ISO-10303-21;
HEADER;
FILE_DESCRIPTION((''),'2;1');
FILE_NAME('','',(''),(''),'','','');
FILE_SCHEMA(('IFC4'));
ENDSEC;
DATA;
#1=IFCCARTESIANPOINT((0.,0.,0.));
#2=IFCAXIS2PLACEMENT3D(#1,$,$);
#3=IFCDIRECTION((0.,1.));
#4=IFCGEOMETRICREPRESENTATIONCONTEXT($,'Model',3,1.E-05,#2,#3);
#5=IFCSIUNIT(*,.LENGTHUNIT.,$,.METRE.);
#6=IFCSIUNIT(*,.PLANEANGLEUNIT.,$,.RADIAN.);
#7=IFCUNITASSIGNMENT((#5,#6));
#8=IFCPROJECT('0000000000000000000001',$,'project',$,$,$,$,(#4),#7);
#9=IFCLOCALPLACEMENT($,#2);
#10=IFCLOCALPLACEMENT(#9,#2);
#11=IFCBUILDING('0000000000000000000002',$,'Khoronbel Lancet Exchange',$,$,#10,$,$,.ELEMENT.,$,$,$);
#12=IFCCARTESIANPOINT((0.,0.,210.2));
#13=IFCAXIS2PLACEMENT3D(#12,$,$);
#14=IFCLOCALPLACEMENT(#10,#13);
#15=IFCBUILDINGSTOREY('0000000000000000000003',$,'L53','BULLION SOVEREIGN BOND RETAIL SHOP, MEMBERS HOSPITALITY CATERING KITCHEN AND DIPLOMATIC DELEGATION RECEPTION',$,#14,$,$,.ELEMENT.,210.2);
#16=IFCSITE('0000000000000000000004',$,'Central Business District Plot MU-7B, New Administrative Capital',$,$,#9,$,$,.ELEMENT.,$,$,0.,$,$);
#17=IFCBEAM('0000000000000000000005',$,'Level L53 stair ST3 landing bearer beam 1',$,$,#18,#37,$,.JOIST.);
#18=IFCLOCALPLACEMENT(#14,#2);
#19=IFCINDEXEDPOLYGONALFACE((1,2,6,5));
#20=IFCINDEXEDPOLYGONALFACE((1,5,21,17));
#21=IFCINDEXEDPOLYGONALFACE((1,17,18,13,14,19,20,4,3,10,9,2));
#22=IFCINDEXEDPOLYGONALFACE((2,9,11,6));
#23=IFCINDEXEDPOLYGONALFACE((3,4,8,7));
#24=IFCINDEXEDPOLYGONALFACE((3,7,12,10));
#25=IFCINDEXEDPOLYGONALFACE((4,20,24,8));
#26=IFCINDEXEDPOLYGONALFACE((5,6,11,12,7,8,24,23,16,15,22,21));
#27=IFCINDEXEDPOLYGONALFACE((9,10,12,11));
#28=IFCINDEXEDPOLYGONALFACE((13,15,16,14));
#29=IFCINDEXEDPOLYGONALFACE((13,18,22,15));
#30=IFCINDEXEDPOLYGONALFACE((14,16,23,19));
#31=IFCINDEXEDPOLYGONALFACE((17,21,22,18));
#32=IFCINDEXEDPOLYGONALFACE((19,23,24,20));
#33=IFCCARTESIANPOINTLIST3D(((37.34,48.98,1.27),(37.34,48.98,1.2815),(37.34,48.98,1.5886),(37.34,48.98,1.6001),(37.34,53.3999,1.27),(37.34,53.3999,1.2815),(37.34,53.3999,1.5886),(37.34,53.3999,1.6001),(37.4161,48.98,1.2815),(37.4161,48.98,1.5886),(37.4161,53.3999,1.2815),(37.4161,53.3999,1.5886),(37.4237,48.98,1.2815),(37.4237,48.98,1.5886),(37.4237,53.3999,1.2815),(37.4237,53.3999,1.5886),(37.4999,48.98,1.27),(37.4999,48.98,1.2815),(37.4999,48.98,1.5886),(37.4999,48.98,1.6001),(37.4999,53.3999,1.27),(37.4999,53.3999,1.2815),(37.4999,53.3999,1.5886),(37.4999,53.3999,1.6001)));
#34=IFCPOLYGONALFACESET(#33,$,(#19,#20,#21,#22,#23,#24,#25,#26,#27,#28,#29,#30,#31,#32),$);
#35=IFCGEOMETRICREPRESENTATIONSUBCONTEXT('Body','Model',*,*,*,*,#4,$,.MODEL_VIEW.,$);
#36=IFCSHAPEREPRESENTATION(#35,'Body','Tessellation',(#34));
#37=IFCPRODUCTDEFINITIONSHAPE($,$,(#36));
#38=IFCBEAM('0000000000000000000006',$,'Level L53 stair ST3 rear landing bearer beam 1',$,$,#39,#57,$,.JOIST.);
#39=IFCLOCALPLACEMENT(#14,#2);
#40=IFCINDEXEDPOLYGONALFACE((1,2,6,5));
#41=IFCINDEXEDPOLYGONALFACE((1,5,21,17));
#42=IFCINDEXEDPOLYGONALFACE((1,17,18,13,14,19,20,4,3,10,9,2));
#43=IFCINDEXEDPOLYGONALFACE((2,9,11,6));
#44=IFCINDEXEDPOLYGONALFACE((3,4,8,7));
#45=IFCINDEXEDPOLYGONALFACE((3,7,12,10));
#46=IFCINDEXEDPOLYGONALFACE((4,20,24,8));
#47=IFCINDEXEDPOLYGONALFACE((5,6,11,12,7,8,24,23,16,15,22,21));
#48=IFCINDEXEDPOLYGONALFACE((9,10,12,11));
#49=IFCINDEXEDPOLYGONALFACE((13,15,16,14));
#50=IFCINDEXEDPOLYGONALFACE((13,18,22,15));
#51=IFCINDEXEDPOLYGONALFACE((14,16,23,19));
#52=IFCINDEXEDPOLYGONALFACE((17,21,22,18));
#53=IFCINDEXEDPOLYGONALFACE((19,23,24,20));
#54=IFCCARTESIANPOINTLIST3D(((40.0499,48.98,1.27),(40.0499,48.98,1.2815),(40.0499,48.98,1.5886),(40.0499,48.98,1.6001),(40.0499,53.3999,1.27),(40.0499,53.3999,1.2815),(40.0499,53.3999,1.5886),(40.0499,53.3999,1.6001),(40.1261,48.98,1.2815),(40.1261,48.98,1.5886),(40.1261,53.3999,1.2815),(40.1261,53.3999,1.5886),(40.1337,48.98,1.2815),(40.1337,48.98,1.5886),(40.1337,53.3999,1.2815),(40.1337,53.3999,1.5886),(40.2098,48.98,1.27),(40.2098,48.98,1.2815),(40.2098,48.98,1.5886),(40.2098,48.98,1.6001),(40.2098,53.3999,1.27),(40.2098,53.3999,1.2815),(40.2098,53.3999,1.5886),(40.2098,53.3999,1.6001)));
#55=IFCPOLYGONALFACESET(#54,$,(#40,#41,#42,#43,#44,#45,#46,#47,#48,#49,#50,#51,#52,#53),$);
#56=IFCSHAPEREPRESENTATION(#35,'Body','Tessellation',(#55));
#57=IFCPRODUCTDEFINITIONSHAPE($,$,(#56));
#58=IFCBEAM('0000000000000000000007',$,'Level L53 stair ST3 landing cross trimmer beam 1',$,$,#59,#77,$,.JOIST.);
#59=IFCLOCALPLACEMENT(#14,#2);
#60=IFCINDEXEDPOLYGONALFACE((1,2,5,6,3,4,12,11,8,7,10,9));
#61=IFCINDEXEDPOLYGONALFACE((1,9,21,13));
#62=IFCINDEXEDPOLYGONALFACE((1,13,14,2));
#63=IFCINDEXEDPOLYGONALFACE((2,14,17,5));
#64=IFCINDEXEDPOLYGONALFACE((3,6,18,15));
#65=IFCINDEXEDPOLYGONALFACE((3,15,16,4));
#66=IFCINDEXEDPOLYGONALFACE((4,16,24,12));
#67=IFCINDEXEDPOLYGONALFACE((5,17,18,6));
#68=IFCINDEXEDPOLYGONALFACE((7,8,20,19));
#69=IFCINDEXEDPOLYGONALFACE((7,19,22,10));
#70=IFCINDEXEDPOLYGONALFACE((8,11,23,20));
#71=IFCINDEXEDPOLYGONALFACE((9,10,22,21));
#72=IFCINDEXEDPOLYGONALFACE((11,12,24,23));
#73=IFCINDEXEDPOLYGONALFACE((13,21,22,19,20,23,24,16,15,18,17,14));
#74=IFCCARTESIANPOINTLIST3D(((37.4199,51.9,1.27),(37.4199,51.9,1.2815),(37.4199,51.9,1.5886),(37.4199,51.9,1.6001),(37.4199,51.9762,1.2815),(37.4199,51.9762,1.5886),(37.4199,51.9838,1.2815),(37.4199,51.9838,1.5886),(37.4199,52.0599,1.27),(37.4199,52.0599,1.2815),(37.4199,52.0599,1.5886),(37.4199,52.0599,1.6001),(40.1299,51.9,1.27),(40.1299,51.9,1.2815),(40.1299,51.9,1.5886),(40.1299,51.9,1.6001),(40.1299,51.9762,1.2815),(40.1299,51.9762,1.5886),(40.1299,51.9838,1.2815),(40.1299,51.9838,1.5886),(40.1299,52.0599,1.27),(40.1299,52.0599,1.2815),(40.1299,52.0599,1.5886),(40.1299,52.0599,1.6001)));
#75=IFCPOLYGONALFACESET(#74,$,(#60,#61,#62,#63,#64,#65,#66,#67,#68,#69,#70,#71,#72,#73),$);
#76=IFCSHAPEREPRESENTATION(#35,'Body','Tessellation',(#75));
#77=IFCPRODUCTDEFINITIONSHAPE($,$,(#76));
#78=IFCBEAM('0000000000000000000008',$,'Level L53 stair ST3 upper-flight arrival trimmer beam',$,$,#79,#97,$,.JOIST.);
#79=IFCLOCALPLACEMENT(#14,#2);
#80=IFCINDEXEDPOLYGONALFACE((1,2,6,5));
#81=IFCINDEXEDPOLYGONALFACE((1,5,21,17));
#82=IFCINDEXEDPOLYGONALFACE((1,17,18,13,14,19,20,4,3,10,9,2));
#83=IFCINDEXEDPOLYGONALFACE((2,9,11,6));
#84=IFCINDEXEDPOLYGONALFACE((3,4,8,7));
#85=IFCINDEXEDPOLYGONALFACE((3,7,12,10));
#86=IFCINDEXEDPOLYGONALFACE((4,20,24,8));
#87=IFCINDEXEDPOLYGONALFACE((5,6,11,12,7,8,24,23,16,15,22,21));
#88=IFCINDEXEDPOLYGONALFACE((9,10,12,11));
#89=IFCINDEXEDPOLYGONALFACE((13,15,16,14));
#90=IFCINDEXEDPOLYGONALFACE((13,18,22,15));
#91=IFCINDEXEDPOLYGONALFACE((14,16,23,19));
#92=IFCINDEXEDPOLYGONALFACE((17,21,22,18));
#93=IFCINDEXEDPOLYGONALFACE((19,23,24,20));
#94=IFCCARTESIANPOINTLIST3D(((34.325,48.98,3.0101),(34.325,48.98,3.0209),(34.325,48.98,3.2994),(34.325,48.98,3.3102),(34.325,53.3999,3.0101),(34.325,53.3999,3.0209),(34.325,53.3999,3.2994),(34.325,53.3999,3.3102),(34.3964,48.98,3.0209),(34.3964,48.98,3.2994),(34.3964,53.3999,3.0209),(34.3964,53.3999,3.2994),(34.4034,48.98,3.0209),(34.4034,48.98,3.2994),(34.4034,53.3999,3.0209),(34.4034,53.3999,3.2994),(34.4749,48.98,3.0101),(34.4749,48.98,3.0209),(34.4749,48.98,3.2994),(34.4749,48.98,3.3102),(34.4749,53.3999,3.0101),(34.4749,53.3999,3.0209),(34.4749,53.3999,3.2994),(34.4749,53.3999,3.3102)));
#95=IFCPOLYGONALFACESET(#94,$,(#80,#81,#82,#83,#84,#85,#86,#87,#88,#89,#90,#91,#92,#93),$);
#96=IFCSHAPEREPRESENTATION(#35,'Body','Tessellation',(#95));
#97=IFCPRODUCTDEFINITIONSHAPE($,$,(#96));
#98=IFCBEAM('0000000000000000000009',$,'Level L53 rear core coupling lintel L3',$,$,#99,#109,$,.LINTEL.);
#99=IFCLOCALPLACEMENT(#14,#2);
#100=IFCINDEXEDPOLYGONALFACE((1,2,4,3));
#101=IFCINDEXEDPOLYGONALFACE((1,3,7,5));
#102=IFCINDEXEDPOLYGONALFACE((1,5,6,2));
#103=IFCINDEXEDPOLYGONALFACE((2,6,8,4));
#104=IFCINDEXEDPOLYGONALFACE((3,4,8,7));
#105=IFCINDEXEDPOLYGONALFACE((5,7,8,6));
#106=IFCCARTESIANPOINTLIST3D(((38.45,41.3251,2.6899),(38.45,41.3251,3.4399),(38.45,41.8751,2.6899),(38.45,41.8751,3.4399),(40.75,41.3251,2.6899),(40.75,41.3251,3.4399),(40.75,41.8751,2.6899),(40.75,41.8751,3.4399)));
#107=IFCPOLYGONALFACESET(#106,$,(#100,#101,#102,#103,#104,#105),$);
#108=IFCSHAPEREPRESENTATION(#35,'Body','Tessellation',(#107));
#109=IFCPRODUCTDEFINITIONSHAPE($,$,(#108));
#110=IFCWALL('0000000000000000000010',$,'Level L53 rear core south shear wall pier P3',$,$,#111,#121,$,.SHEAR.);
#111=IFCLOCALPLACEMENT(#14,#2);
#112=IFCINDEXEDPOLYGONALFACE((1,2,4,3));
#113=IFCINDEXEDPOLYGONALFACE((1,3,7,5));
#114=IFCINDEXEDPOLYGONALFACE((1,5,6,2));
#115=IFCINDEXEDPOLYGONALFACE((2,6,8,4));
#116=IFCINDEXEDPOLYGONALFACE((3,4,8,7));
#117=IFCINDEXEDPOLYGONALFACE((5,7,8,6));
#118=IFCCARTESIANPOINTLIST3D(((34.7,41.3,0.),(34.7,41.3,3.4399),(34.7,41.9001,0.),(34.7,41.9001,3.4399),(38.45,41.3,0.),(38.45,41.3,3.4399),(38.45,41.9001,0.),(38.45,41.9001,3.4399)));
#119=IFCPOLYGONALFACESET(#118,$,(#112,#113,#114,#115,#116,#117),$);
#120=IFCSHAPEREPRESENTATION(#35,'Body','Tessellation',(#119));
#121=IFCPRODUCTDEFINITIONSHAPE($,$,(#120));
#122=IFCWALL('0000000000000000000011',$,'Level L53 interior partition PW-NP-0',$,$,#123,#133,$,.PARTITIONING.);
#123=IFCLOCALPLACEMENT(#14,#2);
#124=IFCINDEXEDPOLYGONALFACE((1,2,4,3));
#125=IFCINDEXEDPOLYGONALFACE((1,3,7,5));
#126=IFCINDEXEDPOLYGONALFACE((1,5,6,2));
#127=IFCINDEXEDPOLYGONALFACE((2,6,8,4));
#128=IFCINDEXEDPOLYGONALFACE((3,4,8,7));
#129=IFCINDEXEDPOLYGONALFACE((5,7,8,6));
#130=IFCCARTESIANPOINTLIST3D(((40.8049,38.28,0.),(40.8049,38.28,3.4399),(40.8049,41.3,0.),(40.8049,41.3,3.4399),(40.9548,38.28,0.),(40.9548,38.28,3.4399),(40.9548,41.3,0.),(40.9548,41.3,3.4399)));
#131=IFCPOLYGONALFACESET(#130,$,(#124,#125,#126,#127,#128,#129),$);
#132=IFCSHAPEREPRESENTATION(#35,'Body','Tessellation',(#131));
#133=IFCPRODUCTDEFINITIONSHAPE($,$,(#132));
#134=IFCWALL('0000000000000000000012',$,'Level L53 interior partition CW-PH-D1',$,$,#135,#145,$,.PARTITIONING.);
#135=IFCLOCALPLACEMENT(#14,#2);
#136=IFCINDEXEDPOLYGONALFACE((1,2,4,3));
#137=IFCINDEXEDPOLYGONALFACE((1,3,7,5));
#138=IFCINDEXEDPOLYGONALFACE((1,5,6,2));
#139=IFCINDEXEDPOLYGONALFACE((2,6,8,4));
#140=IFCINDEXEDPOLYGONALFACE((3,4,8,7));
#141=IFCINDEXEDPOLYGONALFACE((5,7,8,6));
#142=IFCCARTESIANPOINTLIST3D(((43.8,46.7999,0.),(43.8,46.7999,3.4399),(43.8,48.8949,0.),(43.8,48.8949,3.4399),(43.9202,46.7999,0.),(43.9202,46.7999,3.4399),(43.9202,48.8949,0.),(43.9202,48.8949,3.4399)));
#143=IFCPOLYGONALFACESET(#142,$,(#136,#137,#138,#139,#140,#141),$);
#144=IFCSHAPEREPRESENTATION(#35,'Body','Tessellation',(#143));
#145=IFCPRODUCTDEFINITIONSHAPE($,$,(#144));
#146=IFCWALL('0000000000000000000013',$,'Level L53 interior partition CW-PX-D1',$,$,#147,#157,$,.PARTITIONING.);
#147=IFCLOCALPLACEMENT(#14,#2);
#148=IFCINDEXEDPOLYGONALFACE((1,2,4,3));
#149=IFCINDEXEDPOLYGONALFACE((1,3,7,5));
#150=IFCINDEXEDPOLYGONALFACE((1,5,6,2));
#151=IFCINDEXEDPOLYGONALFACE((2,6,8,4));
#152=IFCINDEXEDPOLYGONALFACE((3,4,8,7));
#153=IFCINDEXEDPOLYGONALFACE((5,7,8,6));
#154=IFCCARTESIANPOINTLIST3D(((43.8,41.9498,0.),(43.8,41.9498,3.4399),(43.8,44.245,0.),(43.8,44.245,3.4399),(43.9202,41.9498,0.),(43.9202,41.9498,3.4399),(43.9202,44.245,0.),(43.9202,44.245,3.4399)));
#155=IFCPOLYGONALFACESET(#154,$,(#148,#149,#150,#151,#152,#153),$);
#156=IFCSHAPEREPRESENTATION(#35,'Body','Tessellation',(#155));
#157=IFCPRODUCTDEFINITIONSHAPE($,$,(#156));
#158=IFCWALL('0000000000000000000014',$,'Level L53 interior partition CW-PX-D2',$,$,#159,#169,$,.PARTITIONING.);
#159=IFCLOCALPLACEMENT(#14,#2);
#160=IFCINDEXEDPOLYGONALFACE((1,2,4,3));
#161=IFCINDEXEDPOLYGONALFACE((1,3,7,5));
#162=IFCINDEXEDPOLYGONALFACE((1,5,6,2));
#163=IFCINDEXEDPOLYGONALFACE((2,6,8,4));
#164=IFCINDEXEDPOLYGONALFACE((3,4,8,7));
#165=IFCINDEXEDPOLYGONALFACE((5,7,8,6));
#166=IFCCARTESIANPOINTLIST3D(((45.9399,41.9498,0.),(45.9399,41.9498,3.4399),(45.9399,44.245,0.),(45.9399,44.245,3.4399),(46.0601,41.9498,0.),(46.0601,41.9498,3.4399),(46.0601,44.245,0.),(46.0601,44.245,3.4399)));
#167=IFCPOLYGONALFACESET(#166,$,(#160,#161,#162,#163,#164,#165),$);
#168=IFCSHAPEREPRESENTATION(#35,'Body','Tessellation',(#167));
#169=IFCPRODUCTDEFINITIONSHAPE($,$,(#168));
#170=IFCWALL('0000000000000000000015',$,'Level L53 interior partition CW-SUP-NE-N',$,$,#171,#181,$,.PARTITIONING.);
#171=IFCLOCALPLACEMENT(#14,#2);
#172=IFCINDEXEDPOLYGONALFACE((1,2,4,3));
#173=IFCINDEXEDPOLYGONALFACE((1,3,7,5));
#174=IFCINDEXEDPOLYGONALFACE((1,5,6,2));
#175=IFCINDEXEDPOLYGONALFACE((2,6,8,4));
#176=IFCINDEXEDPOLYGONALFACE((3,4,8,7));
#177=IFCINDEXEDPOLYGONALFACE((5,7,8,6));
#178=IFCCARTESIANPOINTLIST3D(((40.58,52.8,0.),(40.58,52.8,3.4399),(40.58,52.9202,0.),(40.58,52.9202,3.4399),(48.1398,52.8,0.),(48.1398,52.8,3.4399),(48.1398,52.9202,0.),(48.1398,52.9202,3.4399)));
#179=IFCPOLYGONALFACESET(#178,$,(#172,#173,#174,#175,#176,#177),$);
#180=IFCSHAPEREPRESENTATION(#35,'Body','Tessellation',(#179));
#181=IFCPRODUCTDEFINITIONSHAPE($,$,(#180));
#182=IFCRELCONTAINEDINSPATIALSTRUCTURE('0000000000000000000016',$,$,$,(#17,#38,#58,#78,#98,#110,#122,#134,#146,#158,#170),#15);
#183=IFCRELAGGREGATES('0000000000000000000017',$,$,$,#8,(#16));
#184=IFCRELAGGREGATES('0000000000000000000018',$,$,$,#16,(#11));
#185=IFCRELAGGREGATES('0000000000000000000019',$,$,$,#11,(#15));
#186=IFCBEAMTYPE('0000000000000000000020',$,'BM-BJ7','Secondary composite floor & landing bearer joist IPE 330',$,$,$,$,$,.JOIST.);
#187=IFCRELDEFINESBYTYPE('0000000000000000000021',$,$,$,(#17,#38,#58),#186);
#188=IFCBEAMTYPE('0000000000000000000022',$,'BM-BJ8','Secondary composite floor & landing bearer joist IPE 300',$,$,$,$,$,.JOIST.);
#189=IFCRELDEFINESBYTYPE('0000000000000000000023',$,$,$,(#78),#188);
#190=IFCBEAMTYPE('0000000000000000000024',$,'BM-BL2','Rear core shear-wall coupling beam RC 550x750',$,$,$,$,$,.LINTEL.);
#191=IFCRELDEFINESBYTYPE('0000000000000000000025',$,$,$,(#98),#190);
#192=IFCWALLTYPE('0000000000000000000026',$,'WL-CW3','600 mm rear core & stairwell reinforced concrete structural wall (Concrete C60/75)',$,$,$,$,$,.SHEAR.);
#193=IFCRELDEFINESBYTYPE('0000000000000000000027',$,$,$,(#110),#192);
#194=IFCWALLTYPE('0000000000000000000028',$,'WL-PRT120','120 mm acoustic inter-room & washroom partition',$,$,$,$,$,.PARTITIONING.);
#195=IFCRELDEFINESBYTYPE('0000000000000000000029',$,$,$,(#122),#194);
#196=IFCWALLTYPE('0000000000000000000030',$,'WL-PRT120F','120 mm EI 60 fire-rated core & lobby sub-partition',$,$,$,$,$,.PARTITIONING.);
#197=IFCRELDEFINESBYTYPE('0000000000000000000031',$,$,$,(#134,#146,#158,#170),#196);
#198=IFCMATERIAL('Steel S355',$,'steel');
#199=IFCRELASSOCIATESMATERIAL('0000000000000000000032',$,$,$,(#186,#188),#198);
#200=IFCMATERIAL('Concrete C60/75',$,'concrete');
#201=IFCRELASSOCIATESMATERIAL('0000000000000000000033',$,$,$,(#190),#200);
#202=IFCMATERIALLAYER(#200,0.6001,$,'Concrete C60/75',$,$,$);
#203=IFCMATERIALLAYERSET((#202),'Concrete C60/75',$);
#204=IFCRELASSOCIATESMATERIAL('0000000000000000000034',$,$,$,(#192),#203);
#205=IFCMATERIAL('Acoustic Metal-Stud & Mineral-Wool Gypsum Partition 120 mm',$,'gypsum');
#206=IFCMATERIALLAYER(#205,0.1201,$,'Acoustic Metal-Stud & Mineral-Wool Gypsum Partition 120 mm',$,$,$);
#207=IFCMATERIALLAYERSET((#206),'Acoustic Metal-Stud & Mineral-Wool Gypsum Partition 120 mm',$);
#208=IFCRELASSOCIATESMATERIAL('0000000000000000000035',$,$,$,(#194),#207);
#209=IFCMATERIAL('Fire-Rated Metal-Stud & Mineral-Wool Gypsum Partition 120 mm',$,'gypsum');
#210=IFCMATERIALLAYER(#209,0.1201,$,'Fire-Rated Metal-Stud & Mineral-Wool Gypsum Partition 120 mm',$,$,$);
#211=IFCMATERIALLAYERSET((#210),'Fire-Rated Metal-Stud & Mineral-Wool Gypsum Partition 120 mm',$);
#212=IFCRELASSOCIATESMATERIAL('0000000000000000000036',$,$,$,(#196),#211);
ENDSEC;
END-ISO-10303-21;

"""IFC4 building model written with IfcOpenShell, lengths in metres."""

from ifc_helpers import new_model, si_unit, direction, frame, frame_2d, origin, origin_2d, place, context, subcontext, project, spatial, rectangle, i_section, extrude, material, layer, layer_set, material_profile, profile_set, type_object, element, save


model = new_model("IFC4")

# Units and contexts
model_context = context("Model", 3, precision=1e-05, world=origin(), true_north=direction((0.0, 1.0)))
body_context = subcontext(model_context, "Body", "Model", "MODEL_VIEW")
ifc_project = project(units=[si_unit("LENGTHUNIT", "METRE"), si_unit("PLANEANGLEUNIT", "RADIAN")], contexts=[model_context])

# Site, building, storey
site_placement = place(None, origin())
site = spatial("IfcSite", under=ifc_project, at=site_placement, Name="Central Business District Plot MU-7B, New Administrative Capital", CompositionType="ELEMENT", RefElevation=0.0)
building_placement = place(site_placement, origin())
building = spatial("IfcBuilding", under=site, at=building_placement, Name="Khoronbel Lancet Exchange", CompositionType="ELEMENT")
storey_placement = place(building_placement, frame((0.0, 0.0, 210.2)))
storey = spatial("IfcBuildingStorey", under=building, at=storey_placement, Name="L53", Description="BULLION SOVEREIGN BOND RETAIL SHOP, MEMBERS HOSPITALITY CATERING KITCHEN AND DIPLOMATIC DELEGATION RECEPTION", CompositionType="ELEMENT", Elevation=210.2)

# Beams
ifc_material_1 = material(Name="Steel S355", Category="steel")
ifc_material_profile_1 = material_profile(ifc_material_1, i_section(OverallWidth=0.1599, OverallDepth=0.3301, WebThickness=0.0076, FlangeThickness=0.0115, at=origin_2d()), Name="IPE 330")
ifc_profile_set_1 = profile_set([ifc_material_profile_1], Name="Steel S355")
beam_type_1 = type_object("IfcBeamType", Name="BM-BJ7", Description="Secondary composite floor & landing bearer joist IPE 330", PredefinedType="JOIST", material=ifc_profile_set_1)
for number, where, z_axis, x_axis, name in (
    (1, (37.4199, 48.98, 1.4351), (0.0, 1.0, 0.0), (-1.0, 0.0, 0.0), "Level L53 stair ST3 landing bearer beam 1"),
    (2, (40.1299, 48.98, 1.4351), (0.0, 1.0, 0.0), (-1.0, 0.0, 0.0), "Level L53 stair ST3 rear landing bearer beam 1"),
):
    element("IfcBeam", number, at=place(storey_placement, frame(where, z_axis=z_axis, x_axis=x_axis)), inside=storey, type_object=beam_type_1, Name=name, PredefinedType="JOIST", context=body_context, shape_type="SweptSolid", body=[
        extrude(i_section(OverallWidth=0.1599, OverallDepth=0.3301, WebThickness=0.0076, FlangeThickness=0.0115, at=origin_2d()), origin(), (0.0, 0.0, 1.0), 4.4199),
    ])
beam_1_placement = place(storey_placement, frame((37.4199, 51.98, 1.4351), z_axis=(1.0, 0.0, 0.0), x_axis=(0.0, 1.0, 0.0)))
element("IfcBeam", 3, at=beam_1_placement, inside=storey, type_object=beam_type_1, Name="Level L53 stair ST3 landing cross trimmer beam 1", PredefinedType="JOIST", context=body_context, shape_type="SweptSolid", body=[
    extrude(i_section(OverallWidth=0.1599, OverallDepth=0.3301, WebThickness=0.0076, FlangeThickness=0.0115, at=origin_2d()), origin(), (0.0, 0.0, 1.0), 2.71),
])
ifc_material_profile_2 = material_profile(ifc_material_1, i_section(OverallWidth=0.1499, OverallDepth=0.3, WebThickness=0.0071, FlangeThickness=0.0107, at=origin_2d()), Name="IPE 300")
ifc_profile_set_2 = profile_set([ifc_material_profile_2], Name="Steel S355")
beam_type_2 = type_object("IfcBeamType", Name="BM-BJ8", Description="Secondary composite floor & landing bearer joist IPE 300", PredefinedType="JOIST", material=ifc_profile_set_2)
beam_2_placement = place(storey_placement, frame((34.3999, 48.98, 3.1602), z_axis=(0.0, 1.0, 0.0), x_axis=(-1.0, 0.0, 0.0)))
element("IfcBeam", 4, at=beam_2_placement, inside=storey, type_object=beam_type_2, Name="Level L53 stair ST3 upper-flight arrival trimmer beam", PredefinedType="JOIST", context=body_context, shape_type="SweptSolid", body=[
    extrude(i_section(OverallWidth=0.1499, OverallDepth=0.3, WebThickness=0.0071, FlangeThickness=0.0107, at=origin_2d()), origin(), (0.0, 0.0, 1.0), 4.4199),
])
ifc_material_2 = material(Name="Concrete C60/75", Category="concrete")
ifc_material_profile_3 = material_profile(ifc_material_2, rectangle(XDim=0.55, YDim=0.75, at=origin_2d()), Name="RC 550x750")
ifc_profile_set_3 = profile_set([ifc_material_profile_3], Name="Concrete C60/75")
beam_type_3 = type_object("IfcBeamType", Name="BM-BL2", Description="Rear core shear-wall coupling beam RC 550x750", PredefinedType="LINTEL", material=ifc_profile_set_3)
beam_3_placement = place(storey_placement, frame((38.45, 41.6001, 3.0649), z_axis=(1.0, 0.0, 0.0), x_axis=(0.0, 1.0, 0.0)))
element("IfcBeam", 5, at=beam_3_placement, inside=storey, type_object=beam_type_3, Name="Level L53 rear core coupling lintel L3", PredefinedType="LINTEL", context=body_context, shape_type="SweptSolid", body=[
    extrude(rectangle(XDim=0.55, YDim=0.75, at=origin_2d()), origin(), (0.0, 0.0, 1.0), 2.3),
])

# Walls
ifc_layer_1 = layer(ifc_material_2, 0.6001, Name="Concrete C60/75")
ifc_layer_set_1 = layer_set([ifc_layer_1], Name="Concrete C60/75")
wall_type_1 = type_object("IfcWallType", Name="WL-CW3", Description="600 mm rear core & stairwell reinforced concrete structural wall (Concrete C60/75)", PredefinedType="SHEAR", material=ifc_layer_set_1)
wall_1_placement = place(storey_placement, frame((38.45, 41.6001, 0.0), z_axis=(0.0, 0.0, 1.0), x_axis=(-1.0, 0.0, 0.0)))
element("IfcWall", 6, at=wall_1_placement, inside=storey, type_object=wall_type_1, Name="Level L53 rear core south shear wall pier P3", PredefinedType="SHEAR", context=body_context, shape_type="SweptSolid", body=[
    extrude(rectangle(XDim=3.75, YDim=0.6001, at=frame_2d((1.875, 0.0))), origin(), (0.0, 0.0, 1.0), 3.4399),
])
ifc_material_3 = material(Name="Acoustic Metal-Stud & Mineral-Wool Gypsum Partition 120 mm", Category="gypsum")
ifc_layer_2 = layer(ifc_material_3, 0.1201, Name="Acoustic Metal-Stud & Mineral-Wool Gypsum Partition 120 mm")
ifc_layer_set_2 = layer_set([ifc_layer_2], Name="Acoustic Metal-Stud & Mineral-Wool Gypsum Partition 120 mm")
wall_type_2 = type_object("IfcWallType", Name="WL-PRT120", Description="120 mm acoustic inter-room & washroom partition", PredefinedType="PARTITIONING", material=ifc_layer_set_2)
wall_2_placement = place(storey_placement, frame((40.8799, 38.28, 0.0), z_axis=(0.0, 0.0, 1.0), x_axis=(0.0, 1.0, 0.0)))
element("IfcWall", 7, at=wall_2_placement, inside=storey, type_object=wall_type_2, Name="Level L53 interior partition PW-NP-0", PredefinedType="PARTITIONING", context=body_context, shape_type="SweptSolid", body=[
    extrude(rectangle(XDim=3.02, YDim=0.1499, at=frame_2d((1.51, 0.0))), origin(), (0.0, 0.0, 1.0), 3.4399),
])
ifc_material_4 = material(Name="Fire-Rated Metal-Stud & Mineral-Wool Gypsum Partition 120 mm", Category="gypsum")
ifc_layer_3 = layer(ifc_material_4, 0.1201, Name="Fire-Rated Metal-Stud & Mineral-Wool Gypsum Partition 120 mm")
ifc_layer_set_3 = layer_set([ifc_layer_3], Name="Fire-Rated Metal-Stud & Mineral-Wool Gypsum Partition 120 mm")
wall_type_3 = type_object("IfcWallType", Name="WL-PRT120F", Description="120 mm EI 60 fire-rated core & lobby sub-partition", PredefinedType="PARTITIONING", material=ifc_layer_set_3)
wall_3_placement = place(storey_placement, frame((43.8601, 46.8, 0.0), z_axis=(0.0, 0.0, 1.0), x_axis=(0.0, 1.0, 0.0)))
element("IfcWall", 8, at=wall_3_placement, inside=storey, type_object=wall_type_3, Name="Level L53 interior partition CW-PH-D1", PredefinedType="PARTITIONING", context=body_context, shape_type="SweptSolid", body=[
    extrude(rectangle(XDim=2.095, YDim=0.1201, at=frame_2d((1.0474, 0.0))), origin(), (0.0, 0.0, 1.0), 3.4399),
])
for number, where, z_axis, x_axis, name in (
    (9, (43.8601, 41.95, 0.0), (0.0, 0.0, 1.0), (0.0, 1.0, 0.0), "Level L53 interior partition CW-PX-D1"),
    (10, (46.0, 41.95, 0.0), (0.0, 0.0, 1.0), (0.0, 1.0, 0.0), "Level L53 interior partition CW-PX-D2"),
):
    element("IfcWall", number, at=place(storey_placement, frame(where, z_axis=z_axis, x_axis=x_axis)), inside=storey, type_object=wall_type_3, Name=name, PredefinedType="PARTITIONING", context=body_context, shape_type="SweptSolid", body=[
        extrude(rectangle(XDim=2.2952, YDim=0.1201, at=frame_2d((1.1475, 0.0))), origin(), (0.0, 0.0, 1.0), 3.4399),
    ])
wall_4_placement = place(storey_placement, frame((40.5801, 52.8601, 0.0), z_axis=(0.0, 0.0, 1.0), x_axis=(1.0, 0.0, 0.0)))
element("IfcWall", 11, at=wall_4_placement, inside=storey, type_object=wall_type_3, Name="Level L53 interior partition CW-SUP-NE-N", PredefinedType="PARTITIONING", context=body_context, shape_type="SweptSolid", body=[
    extrude(rectangle(XDim=7.5598, YDim=0.1201, at=frame_2d((3.7798, 0.0))), origin(), (0.0, 0.0, 1.0), 3.4399),
])

save(model, "model.ifc")
